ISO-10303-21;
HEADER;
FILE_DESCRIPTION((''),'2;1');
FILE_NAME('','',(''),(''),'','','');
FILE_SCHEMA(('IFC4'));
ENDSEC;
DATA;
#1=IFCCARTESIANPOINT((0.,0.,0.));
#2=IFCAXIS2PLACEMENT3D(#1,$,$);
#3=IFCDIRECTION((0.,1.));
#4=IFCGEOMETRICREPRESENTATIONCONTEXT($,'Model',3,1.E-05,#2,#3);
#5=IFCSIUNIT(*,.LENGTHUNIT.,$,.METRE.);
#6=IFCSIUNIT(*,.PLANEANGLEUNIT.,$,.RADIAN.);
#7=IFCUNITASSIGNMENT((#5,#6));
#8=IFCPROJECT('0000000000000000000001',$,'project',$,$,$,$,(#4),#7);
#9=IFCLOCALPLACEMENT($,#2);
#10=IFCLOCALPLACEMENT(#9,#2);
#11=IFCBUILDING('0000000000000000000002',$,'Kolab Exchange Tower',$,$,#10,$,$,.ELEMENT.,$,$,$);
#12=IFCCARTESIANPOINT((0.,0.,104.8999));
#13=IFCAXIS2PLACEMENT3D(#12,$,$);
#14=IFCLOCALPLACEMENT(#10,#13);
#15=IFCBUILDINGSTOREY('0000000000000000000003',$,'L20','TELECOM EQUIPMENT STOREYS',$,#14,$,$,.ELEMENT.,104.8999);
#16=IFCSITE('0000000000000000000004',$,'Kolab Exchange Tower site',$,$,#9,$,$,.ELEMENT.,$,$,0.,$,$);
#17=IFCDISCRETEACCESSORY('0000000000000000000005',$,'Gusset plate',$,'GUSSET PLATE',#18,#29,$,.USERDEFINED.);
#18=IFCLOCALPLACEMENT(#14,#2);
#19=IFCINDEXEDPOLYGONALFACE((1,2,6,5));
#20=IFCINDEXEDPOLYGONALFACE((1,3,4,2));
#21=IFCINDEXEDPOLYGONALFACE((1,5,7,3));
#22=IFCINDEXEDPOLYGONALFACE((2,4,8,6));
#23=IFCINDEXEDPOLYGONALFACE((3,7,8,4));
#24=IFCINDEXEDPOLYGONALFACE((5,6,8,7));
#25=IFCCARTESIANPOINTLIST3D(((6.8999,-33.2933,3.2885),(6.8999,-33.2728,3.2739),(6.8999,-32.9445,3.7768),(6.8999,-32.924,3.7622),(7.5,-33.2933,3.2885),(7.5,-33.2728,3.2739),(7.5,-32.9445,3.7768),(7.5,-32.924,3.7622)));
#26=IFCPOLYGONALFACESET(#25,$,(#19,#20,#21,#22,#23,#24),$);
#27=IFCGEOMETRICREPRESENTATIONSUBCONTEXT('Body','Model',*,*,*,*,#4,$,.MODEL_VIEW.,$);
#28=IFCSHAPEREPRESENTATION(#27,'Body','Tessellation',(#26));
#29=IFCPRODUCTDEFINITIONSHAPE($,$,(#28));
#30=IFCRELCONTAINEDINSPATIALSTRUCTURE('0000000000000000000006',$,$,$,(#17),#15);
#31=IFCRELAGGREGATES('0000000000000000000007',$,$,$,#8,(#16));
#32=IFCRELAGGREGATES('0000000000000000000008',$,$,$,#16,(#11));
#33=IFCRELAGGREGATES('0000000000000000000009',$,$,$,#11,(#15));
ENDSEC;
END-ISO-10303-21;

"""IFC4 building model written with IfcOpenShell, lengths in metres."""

from ifc_helpers import new_model, si_unit, direction, frame, origin, origin_2d, place, context, subcontext, project, spatial, rectangle, extrude, element, save


model = new_model("IFC4")

# Units and contexts
model_context = context("Model", 3, precision=1e-05, world=origin(), true_north=direction((0.0, 1.0)))
body_context = subcontext(model_context, "Body", "Model", "MODEL_VIEW")
ifc_project = project(units=[si_unit("LENGTHUNIT", "METRE"), si_unit("PLANEANGLEUNIT", "RADIAN")], contexts=[model_context])

# Site, building, storey
site_placement = place(None, origin())
site = spatial("IfcSite", under=ifc_project, at=site_placement, Name="Kolab Exchange Tower site", CompositionType="ELEMENT", RefElevation=0.0)
building_placement = place(site_placement, origin())
building = spatial("IfcBuilding", under=site, at=building_placement, Name="Kolab Exchange Tower", CompositionType="ELEMENT")
storey_placement = place(building_placement, frame((0.0, 0.0, 104.8999)))
storey = spatial("IfcBuildingStorey", under=building, at=storey_placement, Name="L20", Description="TELECOM EQUIPMENT STOREYS", CompositionType="ELEMENT", Elevation=104.8999)

# Discrete accessory
discrete_accessory_placement = place(storey_placement, frame((7.2, -33.0984, 3.5181), z_axis=(0.0, -0.813733, 0.581238), x_axis=(1.0, 0.0, 0.0)))
element("IfcDiscreteAccessory", 1, at=discrete_accessory_placement, inside=storey, Name="Gusset plate", ObjectType="GUSSET PLATE", PredefinedType="USERDEFINED", context=body_context, shape_type="SweptSolid", body=[
    extrude(rectangle(XDim=0.6001, YDim=0.6001, at=origin_2d()), origin(), (0.0, 0.0, 1.0), 0.0251),
])

save(model, "model.ifc")
